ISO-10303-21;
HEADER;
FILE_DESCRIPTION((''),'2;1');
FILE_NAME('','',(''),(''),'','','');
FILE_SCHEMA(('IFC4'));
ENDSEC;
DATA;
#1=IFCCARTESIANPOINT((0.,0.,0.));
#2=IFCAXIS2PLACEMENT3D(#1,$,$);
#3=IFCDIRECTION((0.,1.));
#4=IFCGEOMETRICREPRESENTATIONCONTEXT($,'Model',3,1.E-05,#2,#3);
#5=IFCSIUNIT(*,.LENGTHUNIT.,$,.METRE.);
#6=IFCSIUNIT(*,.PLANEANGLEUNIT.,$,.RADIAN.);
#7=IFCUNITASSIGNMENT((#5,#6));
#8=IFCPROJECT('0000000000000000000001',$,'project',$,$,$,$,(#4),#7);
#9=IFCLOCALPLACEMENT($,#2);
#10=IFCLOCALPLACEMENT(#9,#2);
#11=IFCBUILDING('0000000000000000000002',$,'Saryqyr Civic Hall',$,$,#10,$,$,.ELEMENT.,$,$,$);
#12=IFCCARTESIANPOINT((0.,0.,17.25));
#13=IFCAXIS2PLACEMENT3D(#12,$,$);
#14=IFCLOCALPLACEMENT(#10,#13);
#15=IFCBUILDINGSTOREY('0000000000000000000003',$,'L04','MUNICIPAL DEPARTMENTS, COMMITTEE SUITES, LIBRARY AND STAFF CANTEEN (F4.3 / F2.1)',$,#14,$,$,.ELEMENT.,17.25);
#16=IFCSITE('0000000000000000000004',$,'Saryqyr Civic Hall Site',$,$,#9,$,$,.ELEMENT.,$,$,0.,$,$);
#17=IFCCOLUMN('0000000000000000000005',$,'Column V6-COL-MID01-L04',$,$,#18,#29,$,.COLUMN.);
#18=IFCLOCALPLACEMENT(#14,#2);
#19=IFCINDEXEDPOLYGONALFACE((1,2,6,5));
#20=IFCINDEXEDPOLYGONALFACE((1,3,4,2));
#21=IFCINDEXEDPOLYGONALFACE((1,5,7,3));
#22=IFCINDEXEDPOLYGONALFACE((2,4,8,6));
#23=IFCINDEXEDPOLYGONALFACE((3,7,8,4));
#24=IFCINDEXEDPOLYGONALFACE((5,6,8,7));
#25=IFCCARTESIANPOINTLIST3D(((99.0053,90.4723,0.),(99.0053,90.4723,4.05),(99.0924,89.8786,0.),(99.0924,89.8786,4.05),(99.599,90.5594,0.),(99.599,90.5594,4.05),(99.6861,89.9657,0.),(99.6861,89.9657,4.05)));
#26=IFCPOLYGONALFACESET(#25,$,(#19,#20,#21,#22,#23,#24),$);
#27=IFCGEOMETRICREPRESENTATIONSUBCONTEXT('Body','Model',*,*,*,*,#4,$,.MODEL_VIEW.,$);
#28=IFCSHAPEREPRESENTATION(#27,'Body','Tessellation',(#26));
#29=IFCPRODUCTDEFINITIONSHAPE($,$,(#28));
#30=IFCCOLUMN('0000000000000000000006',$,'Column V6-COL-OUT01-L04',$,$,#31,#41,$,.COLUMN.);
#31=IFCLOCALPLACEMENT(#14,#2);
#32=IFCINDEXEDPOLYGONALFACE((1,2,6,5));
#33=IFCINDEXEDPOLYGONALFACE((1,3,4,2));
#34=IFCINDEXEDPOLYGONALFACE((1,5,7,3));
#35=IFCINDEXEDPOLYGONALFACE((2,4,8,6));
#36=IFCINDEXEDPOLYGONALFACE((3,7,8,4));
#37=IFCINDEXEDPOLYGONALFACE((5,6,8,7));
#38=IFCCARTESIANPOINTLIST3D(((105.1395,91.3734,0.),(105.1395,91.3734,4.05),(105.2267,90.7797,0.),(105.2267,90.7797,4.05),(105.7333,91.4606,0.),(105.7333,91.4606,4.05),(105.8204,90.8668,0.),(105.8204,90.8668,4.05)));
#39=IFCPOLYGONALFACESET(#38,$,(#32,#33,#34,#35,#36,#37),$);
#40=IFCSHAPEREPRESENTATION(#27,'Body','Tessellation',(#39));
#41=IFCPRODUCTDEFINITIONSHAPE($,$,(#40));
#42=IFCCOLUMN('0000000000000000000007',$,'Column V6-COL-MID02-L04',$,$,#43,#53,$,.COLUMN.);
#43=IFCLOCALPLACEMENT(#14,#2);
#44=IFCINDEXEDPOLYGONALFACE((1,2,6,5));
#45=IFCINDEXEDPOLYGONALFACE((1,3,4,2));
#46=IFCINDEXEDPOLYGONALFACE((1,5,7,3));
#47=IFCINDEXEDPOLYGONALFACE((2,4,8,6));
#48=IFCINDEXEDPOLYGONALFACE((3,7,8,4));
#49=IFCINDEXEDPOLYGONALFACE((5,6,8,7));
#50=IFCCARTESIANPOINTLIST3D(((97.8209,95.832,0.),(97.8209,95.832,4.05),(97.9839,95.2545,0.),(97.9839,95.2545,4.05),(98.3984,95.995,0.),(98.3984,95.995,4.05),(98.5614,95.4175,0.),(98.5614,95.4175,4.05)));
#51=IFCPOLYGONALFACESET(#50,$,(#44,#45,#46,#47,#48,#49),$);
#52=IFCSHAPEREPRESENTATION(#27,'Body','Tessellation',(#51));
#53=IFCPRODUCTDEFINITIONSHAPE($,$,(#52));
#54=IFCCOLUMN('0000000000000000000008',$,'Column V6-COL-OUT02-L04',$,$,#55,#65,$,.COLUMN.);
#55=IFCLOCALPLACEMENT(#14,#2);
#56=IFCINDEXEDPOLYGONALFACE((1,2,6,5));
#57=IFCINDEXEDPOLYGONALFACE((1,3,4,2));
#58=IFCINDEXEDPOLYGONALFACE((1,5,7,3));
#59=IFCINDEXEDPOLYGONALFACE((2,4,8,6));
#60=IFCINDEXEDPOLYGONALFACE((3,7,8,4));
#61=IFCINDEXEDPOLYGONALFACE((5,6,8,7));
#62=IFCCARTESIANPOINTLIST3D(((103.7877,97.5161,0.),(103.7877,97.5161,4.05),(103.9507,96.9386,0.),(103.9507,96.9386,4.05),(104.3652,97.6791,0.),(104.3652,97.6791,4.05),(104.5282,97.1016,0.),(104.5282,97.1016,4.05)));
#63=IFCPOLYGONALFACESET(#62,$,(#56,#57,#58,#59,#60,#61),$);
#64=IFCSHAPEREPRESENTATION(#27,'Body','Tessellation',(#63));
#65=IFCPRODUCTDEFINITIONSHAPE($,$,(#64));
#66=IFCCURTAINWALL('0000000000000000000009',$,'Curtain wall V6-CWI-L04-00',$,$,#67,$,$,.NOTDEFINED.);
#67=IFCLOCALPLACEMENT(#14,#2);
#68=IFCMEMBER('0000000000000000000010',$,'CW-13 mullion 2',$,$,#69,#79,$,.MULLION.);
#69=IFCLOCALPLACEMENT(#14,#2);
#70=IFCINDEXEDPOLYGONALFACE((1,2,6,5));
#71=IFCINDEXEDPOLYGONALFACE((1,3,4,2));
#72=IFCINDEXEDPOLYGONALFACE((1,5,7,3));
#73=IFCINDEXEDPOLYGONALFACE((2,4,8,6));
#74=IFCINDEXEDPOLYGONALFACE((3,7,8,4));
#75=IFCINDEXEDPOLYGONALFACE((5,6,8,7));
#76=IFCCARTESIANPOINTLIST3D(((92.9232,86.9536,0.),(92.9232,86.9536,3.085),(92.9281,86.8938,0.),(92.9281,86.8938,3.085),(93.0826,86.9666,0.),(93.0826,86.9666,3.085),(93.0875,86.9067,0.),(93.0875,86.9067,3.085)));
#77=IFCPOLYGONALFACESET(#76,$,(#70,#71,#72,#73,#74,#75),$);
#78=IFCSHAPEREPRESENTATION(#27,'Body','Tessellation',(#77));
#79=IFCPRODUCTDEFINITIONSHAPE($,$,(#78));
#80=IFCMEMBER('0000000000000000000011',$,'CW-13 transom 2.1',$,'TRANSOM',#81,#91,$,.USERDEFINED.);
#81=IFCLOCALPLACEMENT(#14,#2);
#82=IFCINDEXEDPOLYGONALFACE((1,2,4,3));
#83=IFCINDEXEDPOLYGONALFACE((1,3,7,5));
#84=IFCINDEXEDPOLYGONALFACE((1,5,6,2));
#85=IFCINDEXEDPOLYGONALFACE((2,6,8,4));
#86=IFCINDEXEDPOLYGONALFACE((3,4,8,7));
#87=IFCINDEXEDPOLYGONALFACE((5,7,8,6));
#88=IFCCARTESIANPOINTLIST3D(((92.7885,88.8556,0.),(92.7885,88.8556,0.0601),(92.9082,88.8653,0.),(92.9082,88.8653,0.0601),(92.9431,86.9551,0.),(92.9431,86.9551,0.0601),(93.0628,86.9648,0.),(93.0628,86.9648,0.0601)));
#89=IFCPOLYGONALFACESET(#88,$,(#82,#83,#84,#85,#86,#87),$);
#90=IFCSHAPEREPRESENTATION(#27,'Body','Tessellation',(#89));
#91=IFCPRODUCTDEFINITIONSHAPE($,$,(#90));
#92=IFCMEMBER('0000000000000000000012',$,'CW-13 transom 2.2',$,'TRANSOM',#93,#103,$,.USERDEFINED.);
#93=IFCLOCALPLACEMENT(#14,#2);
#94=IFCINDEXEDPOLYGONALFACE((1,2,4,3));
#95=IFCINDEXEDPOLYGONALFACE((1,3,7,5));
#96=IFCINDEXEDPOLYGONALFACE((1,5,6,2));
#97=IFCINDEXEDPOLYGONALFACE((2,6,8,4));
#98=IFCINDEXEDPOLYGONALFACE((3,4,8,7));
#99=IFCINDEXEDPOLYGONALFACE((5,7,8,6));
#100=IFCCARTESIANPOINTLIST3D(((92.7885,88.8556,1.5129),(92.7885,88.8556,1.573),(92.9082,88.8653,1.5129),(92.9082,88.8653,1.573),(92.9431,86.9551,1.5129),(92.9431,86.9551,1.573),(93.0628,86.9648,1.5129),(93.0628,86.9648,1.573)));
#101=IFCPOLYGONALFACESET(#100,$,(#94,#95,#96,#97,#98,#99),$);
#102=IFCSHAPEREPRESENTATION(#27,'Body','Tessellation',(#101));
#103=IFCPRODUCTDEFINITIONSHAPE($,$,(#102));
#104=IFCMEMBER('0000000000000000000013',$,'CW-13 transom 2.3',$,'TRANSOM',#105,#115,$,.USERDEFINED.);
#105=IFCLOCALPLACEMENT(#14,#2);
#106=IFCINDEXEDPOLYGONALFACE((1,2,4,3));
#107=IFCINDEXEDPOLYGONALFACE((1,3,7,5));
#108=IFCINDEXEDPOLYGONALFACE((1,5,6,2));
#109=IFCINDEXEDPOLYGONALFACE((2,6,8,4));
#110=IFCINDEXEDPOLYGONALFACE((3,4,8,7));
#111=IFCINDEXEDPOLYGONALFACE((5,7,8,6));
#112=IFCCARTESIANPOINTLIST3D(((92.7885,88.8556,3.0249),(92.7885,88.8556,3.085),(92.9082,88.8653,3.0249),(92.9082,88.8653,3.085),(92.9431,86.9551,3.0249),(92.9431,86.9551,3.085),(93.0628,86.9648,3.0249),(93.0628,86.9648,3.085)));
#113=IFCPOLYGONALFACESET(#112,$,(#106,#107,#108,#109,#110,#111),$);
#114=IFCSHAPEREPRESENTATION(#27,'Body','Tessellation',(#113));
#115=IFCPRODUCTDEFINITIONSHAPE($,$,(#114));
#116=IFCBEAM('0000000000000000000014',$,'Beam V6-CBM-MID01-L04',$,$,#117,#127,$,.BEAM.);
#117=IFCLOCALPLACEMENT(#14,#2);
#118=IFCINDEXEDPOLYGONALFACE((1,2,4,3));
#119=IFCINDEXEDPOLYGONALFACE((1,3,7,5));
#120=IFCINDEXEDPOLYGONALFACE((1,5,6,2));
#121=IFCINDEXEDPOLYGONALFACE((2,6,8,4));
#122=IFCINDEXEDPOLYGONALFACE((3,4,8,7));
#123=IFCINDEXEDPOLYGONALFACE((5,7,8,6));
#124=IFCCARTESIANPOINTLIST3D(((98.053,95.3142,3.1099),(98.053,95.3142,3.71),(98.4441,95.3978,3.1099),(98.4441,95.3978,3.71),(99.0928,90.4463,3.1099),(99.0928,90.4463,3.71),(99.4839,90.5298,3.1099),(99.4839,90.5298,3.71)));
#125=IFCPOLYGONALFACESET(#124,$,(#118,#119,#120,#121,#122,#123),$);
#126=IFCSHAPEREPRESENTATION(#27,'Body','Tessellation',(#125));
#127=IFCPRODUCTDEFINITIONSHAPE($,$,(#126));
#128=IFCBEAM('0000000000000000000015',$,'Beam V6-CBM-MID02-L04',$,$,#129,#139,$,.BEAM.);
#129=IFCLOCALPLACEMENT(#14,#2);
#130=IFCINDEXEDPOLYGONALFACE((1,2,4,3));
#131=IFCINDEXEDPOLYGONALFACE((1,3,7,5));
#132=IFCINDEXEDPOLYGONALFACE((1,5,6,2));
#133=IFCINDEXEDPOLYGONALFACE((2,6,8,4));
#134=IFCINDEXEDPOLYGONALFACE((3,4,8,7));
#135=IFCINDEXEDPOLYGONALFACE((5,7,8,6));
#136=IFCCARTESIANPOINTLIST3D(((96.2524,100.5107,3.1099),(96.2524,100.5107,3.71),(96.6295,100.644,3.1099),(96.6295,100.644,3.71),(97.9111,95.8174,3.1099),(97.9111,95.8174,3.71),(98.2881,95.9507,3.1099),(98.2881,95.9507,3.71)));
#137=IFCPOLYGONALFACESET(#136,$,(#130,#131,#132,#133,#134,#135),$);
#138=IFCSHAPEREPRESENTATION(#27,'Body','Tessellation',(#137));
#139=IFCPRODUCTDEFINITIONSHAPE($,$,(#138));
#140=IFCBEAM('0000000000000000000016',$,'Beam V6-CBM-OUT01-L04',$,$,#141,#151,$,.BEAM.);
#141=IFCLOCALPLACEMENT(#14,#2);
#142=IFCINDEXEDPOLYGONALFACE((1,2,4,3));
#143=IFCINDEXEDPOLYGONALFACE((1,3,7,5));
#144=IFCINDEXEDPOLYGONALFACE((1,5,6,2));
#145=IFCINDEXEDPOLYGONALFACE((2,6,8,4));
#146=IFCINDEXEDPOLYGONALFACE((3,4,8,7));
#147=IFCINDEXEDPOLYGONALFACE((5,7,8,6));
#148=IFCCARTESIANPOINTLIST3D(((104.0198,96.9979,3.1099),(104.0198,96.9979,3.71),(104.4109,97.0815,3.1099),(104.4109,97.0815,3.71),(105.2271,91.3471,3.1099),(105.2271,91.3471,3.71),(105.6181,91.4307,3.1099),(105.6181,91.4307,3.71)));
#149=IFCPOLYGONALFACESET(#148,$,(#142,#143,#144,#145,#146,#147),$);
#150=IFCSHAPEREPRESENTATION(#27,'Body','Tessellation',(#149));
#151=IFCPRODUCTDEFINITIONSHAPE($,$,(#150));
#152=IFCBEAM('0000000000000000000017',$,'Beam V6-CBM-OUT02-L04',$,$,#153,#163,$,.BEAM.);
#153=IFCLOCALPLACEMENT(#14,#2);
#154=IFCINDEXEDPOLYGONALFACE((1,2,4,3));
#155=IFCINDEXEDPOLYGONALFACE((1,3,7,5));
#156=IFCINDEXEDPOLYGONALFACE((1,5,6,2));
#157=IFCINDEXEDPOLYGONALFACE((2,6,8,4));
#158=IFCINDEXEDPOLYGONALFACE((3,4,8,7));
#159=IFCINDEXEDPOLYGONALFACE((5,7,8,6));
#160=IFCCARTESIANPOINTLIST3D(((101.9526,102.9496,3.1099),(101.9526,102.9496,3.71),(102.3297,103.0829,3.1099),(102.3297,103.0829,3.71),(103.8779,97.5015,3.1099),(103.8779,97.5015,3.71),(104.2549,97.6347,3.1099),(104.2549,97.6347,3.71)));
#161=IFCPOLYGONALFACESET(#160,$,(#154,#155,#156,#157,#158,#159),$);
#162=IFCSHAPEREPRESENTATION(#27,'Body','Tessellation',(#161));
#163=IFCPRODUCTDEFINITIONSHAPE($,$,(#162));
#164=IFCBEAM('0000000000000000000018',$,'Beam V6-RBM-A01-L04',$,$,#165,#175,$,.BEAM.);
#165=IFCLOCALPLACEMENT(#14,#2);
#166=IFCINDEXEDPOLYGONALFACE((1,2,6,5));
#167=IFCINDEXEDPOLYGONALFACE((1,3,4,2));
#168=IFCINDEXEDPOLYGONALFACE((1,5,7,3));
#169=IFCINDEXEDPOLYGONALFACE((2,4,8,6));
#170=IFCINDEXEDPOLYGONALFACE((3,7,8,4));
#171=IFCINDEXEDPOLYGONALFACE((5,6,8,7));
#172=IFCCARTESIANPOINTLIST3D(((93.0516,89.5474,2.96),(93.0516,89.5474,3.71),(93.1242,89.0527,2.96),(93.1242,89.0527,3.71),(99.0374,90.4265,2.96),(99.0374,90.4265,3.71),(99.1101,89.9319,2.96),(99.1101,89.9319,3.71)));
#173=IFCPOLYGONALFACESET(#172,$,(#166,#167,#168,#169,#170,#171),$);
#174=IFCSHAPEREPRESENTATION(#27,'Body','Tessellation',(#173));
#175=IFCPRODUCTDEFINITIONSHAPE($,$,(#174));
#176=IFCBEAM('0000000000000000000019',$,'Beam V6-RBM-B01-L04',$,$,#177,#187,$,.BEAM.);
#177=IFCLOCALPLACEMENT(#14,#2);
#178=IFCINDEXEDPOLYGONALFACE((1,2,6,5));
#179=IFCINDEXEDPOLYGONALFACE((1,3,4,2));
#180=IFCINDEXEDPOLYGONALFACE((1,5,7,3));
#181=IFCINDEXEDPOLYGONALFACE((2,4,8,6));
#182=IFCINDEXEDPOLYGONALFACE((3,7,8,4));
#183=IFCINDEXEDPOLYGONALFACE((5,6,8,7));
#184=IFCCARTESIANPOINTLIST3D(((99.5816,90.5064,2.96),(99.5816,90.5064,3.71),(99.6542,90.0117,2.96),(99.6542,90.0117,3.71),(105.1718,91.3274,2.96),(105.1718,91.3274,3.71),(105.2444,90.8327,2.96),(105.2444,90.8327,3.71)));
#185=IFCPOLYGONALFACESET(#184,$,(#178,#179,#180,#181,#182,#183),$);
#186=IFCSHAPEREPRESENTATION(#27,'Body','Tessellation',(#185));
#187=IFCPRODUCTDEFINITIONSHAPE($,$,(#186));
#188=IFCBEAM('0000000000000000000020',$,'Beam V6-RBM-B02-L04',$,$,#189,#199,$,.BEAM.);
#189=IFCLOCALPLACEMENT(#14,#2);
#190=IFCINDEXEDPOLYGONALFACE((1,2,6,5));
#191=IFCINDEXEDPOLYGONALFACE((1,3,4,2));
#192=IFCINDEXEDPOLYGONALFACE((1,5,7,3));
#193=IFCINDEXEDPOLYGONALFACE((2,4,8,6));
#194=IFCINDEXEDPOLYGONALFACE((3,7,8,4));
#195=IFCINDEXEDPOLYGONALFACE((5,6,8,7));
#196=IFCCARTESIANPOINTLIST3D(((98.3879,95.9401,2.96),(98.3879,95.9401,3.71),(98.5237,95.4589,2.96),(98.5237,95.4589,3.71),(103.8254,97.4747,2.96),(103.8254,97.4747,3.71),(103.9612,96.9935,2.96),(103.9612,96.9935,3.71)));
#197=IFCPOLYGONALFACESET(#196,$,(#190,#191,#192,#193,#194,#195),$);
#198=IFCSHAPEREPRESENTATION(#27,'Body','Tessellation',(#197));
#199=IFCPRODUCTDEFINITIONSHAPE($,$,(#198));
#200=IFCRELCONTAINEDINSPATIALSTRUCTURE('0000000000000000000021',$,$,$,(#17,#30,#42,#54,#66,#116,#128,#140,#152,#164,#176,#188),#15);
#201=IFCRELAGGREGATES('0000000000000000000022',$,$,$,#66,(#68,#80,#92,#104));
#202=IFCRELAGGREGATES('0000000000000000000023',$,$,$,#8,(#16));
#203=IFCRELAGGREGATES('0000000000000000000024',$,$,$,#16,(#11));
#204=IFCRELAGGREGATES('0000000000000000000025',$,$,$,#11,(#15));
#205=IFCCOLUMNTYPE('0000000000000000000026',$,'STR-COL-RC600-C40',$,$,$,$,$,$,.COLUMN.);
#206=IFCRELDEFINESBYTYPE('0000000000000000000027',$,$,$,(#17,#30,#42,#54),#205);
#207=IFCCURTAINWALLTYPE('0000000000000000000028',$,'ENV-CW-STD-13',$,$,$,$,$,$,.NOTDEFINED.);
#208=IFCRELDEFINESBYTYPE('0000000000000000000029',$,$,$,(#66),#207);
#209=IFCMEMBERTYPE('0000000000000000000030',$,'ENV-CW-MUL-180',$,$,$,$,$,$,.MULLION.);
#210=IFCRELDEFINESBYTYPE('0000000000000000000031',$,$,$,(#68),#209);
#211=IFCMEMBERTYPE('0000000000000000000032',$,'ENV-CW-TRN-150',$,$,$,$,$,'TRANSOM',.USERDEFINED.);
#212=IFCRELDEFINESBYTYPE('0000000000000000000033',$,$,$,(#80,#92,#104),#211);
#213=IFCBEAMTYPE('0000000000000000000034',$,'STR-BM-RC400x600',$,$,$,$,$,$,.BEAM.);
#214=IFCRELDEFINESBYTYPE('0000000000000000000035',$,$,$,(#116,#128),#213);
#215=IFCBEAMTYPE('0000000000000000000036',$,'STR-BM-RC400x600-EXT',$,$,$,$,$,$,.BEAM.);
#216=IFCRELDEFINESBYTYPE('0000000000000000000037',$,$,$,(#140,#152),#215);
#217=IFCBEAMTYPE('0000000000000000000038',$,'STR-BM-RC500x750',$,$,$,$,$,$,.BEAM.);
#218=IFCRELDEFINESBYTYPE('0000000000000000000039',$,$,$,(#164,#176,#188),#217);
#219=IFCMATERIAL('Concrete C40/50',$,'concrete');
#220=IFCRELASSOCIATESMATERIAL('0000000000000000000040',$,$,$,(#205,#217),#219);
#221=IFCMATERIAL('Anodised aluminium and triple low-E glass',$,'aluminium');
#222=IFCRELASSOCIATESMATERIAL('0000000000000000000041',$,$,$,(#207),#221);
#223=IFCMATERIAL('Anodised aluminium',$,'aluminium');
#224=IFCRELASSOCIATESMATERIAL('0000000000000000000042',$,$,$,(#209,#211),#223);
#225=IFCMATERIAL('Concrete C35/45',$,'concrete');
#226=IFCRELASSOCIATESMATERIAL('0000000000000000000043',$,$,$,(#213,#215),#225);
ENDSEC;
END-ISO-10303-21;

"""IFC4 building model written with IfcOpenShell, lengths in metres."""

from ifc_helpers import new_model, si_unit, direction, frame, origin, origin_2d, place, context, subcontext, project, spatial, rectangle, extrude, material, material_profile, profile_set, type_object, element, aggregate, save


model = new_model("IFC4")

# Units and contexts
model_context = context("Model", 3, precision=1e-05, world=origin(), true_north=direction((0.0, 1.0)))
body_context = subcontext(model_context, "Body", "Model", "MODEL_VIEW")
ifc_project = project(units=[si_unit("LENGTHUNIT", "METRE"), si_unit("PLANEANGLEUNIT", "RADIAN")], contexts=[model_context])

# Site, building, storey
site_placement = place(None, origin())
site = spatial("IfcSite", under=ifc_project, at=site_placement, Name="Saryqyr Civic Hall Site", CompositionType="ELEMENT", RefElevation=0.0)
building_placement = place(site_placement, origin())
building = spatial("IfcBuilding", under=site, at=building_placement, Name="Saryqyr Civic Hall", CompositionType="ELEMENT")
storey_placement = place(building_placement, frame((0.0, 0.0, 17.25)))
storey = spatial("IfcBuildingStorey", under=building, at=storey_placement, Name="L04", Description="MUNICIPAL DEPARTMENTS, COMMITTEE SUITES, LIBRARY AND STAFF CANTEEN (F4.3 / F2.1)", CompositionType="ELEMENT", Elevation=17.25)

# Columns
ifc_material_1 = material(Name="Concrete C40/50", Category="concrete")
ifc_material_profile_1 = material_profile(ifc_material_1, rectangle(XDim=0.6001, YDim=0.6001, at=origin_2d()), Name="RC 600x600")
ifc_profile_set_1 = profile_set([ifc_material_profile_1], Name="Concrete C40/50")
column_type = type_object("IfcColumnType", Name="STR-COL-RC600-C40", PredefinedType="COLUMN", material=ifc_profile_set_1)
for number, where, z_axis, x_axis, name in (
    (1, (99.3457, 90.219, 0.0), (0.0, 0.0, 1.0), (0.989399, 0.14522, 0.0), "Column V6-COL-MID01-L04"),
    (2, (105.48, 91.1201, 0.0), (0.0, 0.0, 1.0), (0.989399, 0.14522, 0.0), "Column V6-COL-OUT01-L04"),
    (3, (98.1912, 95.6248, 0.0), (0.0, 0.0, 1.0), (0.962408, 0.271608, 0.0), "Column V6-COL-MID02-L04"),
    (4, (104.158, 97.3088, 0.0), (0.0, 0.0, 1.0), (0.962408, 0.271608, 0.0), "Column V6-COL-OUT02-L04"),
):
    element("IfcColumn", number, at=place(storey_placement, frame(where, z_axis=z_axis, x_axis=x_axis)), inside=storey, type_object=column_type, Name=name, PredefinedType="COLUMN", context=body_context, shape_type="SweptSolid", body=[
        extrude(rectangle(XDim=0.6001, YDim=0.6001, at=origin_2d()), origin(), (0.0, 0.0, 1.0), 4.05),
    ])

# Curtain wall, members
ifc_material_2 = material(Name="Anodised aluminium and triple low-E glass", Category="aluminium")
curtain_wall_type = type_object("IfcCurtainWallType", Name="ENV-CW-STD-13", PredefinedType="NOTDEFINED", material=ifc_material_2)
curtain_wall_placement = place(storey_placement, origin())
curtain_wall = element("IfcCurtainWall", 5, at=curtain_wall_placement, inside=storey, type_object=curtain_wall_type, Name="Curtain wall V6-CWI-L04-00", PredefinedType="NOTDEFINED")
ifc_material_3 = material(Name="Anodised aluminium", Category="aluminium")
ifc_material_profile_2 = material_profile(ifc_material_3, rectangle(XDim=0.0601, YDim=0.1599, at=origin_2d()), Name="ALU MULLION 60x160")
ifc_profile_set_2 = profile_set([ifc_material_profile_2], Name="Anodised aluminium")
member_type_1 = type_object("IfcMemberType", Name="ENV-CW-MUL-180", PredefinedType="MULLION", material=ifc_profile_set_2)
member_1_placement = place(storey_placement, frame((93.0054, 86.9302, 0.0), z_axis=(0.0, 0.0, 1.0), x_axis=(-0.081091, 0.996707, 0.0)))
member_1 = element("IfcMember", 6, at=member_1_placement, type_object=member_type_1, Name="CW-13 mullion 2", PredefinedType="MULLION", context=body_context, shape_type="SweptSolid", body=[
    extrude(rectangle(XDim=0.0601, YDim=0.1599, at=origin_2d()), origin(), (0.0, 0.0, 1.0), 3.085),
])
ifc_material_profile_3 = material_profile(ifc_material_3, rectangle(XDim=0.1201, YDim=0.0601, at=origin_2d()), Name="ALU TRANSOM 120x60")
ifc_profile_set_3 = profile_set([ifc_material_profile_3], Name="Anodised aluminium")
member_type_2 = type_object("IfcMemberType", Name="ENV-CW-TRN-150", ElementType="TRANSOM", PredefinedType="USERDEFINED", material=ifc_profile_set_3)
member_2_placement = place(storey_placement, frame((93.0029, 86.96, 0.03), z_axis=(-0.081053, 0.99671, 0.0), x_axis=(-0.99671, -0.081053, 0.0)))
member_2 = element("IfcMember", 7, at=member_2_placement, type_object=member_type_2, Name="CW-13 transom 2.1", ObjectType="TRANSOM", PredefinedType="USERDEFINED", context=body_context, shape_type="SweptSolid", body=[
    extrude(rectangle(XDim=0.1201, YDim=0.0601, at=origin_2d()), origin(), (0.0, 0.0, 1.0), 1.9067),
])
member_3_placement = place(storey_placement, frame((93.0029, 86.96, 1.543), z_axis=(-0.081053, 0.99671, 0.0), x_axis=(-0.99671, -0.081053, 0.0)))
member_3 = element("IfcMember", 8, at=member_3_placement, type_object=member_type_2, Name="CW-13 transom 2.2", ObjectType="TRANSOM", PredefinedType="USERDEFINED", context=body_context, shape_type="SweptSolid", body=[
    extrude(rectangle(XDim=0.1201, YDim=0.0601, at=origin_2d()), origin(), (0.0, 0.0, 1.0), 1.9067),
])
member_4_placement = place(storey_placement, frame((93.0029, 86.96, 3.0549), z_axis=(-0.081053, 0.99671, 0.0), x_axis=(-0.99671, -0.081053, 0.0)))
member_4 = element("IfcMember", 9, at=member_4_placement, type_object=member_type_2, Name="CW-13 transom 2.3", ObjectType="TRANSOM", PredefinedType="USERDEFINED", context=body_context, shape_type="SweptSolid", body=[
    extrude(rectangle(XDim=0.1201, YDim=0.0601, at=origin_2d()), origin(), (0.0, 0.0, 1.0), 1.9067),
])

# Beams
ifc_material_4 = material(Name="Concrete C35/45", Category="concrete")
ifc_material_profile_4 = material_profile(ifc_material_4, rectangle(XDim=0.3999, YDim=0.6001, at=origin_2d()), Name="RC 400x600")
ifc_profile_set_4 = profile_set([ifc_material_profile_4], Name="Concrete C35/45")
beam_type_1 = type_object("IfcBeamType", Name="STR-BM-RC400x600", PredefinedType="BEAM", material=ifc_profile_set_4)
for number, where, z_axis, x_axis, name in (
    (10, (99.2883, 90.488, 3.4099), (-0.208889, 0.977939, 0.0), (-0.977939, -0.208889, 0.0), "Beam V6-CBM-MID01-L04"),
    (11, (98.0996, 95.884, 3.4099), (-0.333215, 0.942851, 0.0), (-0.942851, -0.333215, 0.0), "Beam V6-CBM-MID02-L04"),
):
    element("IfcBeam", number, at=place(storey_placement, frame(where, z_axis=z_axis, x_axis=x_axis)), inside=storey, type_object=beam_type_1, Name=name, PredefinedType="BEAM", context=body_context, shape_type="SweptSolid", body=[
        extrude(rectangle(XDim=0.3999, YDim=0.6001, at=origin_2d()), origin(), (0.0, 0.0, 1.0), 4.9778),
    ])
ifc_material_profile_5 = material_profile(ifc_material_4, rectangle(XDim=0.3999, YDim=0.6001, at=origin_2d()), Name="RC 400x600")
ifc_profile_set_5 = profile_set([ifc_material_profile_5], Name="Concrete C35/45")
beam_type_2 = type_object("IfcBeamType", Name="STR-BM-RC400x600-EXT", PredefinedType="BEAM", material=ifc_profile_set_5)
for number, where, z_axis, x_axis, name in (
    (12, (105.4226, 91.3889, 3.4099), (-0.208929, 0.977931, 0.0), (-0.977931, -0.208929, 0.0), "Beam V6-CBM-OUT01-L04"),
    (13, (104.0664, 97.5681, 3.4099), (-0.333187, 0.942861, 0.0), (-0.942861, -0.333187, 0.0), "Beam V6-CBM-OUT02-L04"),
):
    element("IfcBeam", number, at=place(storey_placement, frame(where, z_axis=z_axis, x_axis=x_axis)), inside=storey, type_object=beam_type_2, Name=name, PredefinedType="BEAM", context=body_context, shape_type="SweptSolid", body=[
        extrude(rectangle(XDim=0.3999, YDim=0.6001, at=origin_2d()), origin(), (0.0, 0.0, 1.0), 5.7783),
    ])
ifc_material_profile_6 = material_profile(ifc_material_1, rectangle(XDim=0.5, YDim=0.75, at=origin_2d()), Name="RC 500x750")
ifc_profile_set_6 = profile_set([ifc_material_profile_6], Name="Concrete C40/50")
beam_type_3 = type_object("IfcBeamType", Name="STR-BM-RC500x750", PredefinedType="BEAM", material=ifc_profile_set_6)
beam_1_placement = place(storey_placement, frame((93.0879, 89.3, 3.335), z_axis=(0.989386, 0.145313, 0.0), x_axis=(-0.145313, 0.989386, 0.0)))
element("IfcBeam", 14, at=beam_1_placement, inside=storey, type_object=beam_type_3, Name="Beam V6-RBM-A01-L04", PredefinedType="BEAM", context=body_context, shape_type="SweptSolid", body=[
    extrude(rectangle(XDim=0.5, YDim=0.75, at=origin_2d()), origin(), (0.0, 0.0, 1.0), 6.05),
])
beam_2_placement = place(storey_placement, frame((99.6179, 90.259, 3.335), z_axis=(0.989385, 0.145316, 0.0), x_axis=(-0.145316, 0.989385, 0.0)))
element("IfcBeam", 15, at=beam_2_placement, inside=storey, type_object=beam_type_3, Name="Beam V6-RBM-B01-L04", PredefinedType="BEAM", context=body_context, shape_type="SweptSolid", body=[
    extrude(rectangle(XDim=0.5, YDim=0.75, at=origin_2d()), origin(), (0.0, 0.0, 1.0), 5.6501),
])
beam_3_placement = place(storey_placement, frame((98.4558, 95.6995, 3.335), z_axis=(0.962403, 0.271626, 0.0), x_axis=(-0.271626, 0.962403, 0.0)))
element("IfcBeam", 16, at=beam_3_placement, inside=storey, type_object=beam_type_3, Name="Beam V6-RBM-B02-L04", PredefinedType="BEAM", context=body_context, shape_type="SweptSolid", body=[
    extrude(rectangle(XDim=0.5, YDim=0.75, at=origin_2d()), origin(), (0.0, 0.0, 1.0), 5.6499),
])

aggregate(curtain_wall, [member_1, member_2, member_3, member_4])

save(model, "model.ifc")
